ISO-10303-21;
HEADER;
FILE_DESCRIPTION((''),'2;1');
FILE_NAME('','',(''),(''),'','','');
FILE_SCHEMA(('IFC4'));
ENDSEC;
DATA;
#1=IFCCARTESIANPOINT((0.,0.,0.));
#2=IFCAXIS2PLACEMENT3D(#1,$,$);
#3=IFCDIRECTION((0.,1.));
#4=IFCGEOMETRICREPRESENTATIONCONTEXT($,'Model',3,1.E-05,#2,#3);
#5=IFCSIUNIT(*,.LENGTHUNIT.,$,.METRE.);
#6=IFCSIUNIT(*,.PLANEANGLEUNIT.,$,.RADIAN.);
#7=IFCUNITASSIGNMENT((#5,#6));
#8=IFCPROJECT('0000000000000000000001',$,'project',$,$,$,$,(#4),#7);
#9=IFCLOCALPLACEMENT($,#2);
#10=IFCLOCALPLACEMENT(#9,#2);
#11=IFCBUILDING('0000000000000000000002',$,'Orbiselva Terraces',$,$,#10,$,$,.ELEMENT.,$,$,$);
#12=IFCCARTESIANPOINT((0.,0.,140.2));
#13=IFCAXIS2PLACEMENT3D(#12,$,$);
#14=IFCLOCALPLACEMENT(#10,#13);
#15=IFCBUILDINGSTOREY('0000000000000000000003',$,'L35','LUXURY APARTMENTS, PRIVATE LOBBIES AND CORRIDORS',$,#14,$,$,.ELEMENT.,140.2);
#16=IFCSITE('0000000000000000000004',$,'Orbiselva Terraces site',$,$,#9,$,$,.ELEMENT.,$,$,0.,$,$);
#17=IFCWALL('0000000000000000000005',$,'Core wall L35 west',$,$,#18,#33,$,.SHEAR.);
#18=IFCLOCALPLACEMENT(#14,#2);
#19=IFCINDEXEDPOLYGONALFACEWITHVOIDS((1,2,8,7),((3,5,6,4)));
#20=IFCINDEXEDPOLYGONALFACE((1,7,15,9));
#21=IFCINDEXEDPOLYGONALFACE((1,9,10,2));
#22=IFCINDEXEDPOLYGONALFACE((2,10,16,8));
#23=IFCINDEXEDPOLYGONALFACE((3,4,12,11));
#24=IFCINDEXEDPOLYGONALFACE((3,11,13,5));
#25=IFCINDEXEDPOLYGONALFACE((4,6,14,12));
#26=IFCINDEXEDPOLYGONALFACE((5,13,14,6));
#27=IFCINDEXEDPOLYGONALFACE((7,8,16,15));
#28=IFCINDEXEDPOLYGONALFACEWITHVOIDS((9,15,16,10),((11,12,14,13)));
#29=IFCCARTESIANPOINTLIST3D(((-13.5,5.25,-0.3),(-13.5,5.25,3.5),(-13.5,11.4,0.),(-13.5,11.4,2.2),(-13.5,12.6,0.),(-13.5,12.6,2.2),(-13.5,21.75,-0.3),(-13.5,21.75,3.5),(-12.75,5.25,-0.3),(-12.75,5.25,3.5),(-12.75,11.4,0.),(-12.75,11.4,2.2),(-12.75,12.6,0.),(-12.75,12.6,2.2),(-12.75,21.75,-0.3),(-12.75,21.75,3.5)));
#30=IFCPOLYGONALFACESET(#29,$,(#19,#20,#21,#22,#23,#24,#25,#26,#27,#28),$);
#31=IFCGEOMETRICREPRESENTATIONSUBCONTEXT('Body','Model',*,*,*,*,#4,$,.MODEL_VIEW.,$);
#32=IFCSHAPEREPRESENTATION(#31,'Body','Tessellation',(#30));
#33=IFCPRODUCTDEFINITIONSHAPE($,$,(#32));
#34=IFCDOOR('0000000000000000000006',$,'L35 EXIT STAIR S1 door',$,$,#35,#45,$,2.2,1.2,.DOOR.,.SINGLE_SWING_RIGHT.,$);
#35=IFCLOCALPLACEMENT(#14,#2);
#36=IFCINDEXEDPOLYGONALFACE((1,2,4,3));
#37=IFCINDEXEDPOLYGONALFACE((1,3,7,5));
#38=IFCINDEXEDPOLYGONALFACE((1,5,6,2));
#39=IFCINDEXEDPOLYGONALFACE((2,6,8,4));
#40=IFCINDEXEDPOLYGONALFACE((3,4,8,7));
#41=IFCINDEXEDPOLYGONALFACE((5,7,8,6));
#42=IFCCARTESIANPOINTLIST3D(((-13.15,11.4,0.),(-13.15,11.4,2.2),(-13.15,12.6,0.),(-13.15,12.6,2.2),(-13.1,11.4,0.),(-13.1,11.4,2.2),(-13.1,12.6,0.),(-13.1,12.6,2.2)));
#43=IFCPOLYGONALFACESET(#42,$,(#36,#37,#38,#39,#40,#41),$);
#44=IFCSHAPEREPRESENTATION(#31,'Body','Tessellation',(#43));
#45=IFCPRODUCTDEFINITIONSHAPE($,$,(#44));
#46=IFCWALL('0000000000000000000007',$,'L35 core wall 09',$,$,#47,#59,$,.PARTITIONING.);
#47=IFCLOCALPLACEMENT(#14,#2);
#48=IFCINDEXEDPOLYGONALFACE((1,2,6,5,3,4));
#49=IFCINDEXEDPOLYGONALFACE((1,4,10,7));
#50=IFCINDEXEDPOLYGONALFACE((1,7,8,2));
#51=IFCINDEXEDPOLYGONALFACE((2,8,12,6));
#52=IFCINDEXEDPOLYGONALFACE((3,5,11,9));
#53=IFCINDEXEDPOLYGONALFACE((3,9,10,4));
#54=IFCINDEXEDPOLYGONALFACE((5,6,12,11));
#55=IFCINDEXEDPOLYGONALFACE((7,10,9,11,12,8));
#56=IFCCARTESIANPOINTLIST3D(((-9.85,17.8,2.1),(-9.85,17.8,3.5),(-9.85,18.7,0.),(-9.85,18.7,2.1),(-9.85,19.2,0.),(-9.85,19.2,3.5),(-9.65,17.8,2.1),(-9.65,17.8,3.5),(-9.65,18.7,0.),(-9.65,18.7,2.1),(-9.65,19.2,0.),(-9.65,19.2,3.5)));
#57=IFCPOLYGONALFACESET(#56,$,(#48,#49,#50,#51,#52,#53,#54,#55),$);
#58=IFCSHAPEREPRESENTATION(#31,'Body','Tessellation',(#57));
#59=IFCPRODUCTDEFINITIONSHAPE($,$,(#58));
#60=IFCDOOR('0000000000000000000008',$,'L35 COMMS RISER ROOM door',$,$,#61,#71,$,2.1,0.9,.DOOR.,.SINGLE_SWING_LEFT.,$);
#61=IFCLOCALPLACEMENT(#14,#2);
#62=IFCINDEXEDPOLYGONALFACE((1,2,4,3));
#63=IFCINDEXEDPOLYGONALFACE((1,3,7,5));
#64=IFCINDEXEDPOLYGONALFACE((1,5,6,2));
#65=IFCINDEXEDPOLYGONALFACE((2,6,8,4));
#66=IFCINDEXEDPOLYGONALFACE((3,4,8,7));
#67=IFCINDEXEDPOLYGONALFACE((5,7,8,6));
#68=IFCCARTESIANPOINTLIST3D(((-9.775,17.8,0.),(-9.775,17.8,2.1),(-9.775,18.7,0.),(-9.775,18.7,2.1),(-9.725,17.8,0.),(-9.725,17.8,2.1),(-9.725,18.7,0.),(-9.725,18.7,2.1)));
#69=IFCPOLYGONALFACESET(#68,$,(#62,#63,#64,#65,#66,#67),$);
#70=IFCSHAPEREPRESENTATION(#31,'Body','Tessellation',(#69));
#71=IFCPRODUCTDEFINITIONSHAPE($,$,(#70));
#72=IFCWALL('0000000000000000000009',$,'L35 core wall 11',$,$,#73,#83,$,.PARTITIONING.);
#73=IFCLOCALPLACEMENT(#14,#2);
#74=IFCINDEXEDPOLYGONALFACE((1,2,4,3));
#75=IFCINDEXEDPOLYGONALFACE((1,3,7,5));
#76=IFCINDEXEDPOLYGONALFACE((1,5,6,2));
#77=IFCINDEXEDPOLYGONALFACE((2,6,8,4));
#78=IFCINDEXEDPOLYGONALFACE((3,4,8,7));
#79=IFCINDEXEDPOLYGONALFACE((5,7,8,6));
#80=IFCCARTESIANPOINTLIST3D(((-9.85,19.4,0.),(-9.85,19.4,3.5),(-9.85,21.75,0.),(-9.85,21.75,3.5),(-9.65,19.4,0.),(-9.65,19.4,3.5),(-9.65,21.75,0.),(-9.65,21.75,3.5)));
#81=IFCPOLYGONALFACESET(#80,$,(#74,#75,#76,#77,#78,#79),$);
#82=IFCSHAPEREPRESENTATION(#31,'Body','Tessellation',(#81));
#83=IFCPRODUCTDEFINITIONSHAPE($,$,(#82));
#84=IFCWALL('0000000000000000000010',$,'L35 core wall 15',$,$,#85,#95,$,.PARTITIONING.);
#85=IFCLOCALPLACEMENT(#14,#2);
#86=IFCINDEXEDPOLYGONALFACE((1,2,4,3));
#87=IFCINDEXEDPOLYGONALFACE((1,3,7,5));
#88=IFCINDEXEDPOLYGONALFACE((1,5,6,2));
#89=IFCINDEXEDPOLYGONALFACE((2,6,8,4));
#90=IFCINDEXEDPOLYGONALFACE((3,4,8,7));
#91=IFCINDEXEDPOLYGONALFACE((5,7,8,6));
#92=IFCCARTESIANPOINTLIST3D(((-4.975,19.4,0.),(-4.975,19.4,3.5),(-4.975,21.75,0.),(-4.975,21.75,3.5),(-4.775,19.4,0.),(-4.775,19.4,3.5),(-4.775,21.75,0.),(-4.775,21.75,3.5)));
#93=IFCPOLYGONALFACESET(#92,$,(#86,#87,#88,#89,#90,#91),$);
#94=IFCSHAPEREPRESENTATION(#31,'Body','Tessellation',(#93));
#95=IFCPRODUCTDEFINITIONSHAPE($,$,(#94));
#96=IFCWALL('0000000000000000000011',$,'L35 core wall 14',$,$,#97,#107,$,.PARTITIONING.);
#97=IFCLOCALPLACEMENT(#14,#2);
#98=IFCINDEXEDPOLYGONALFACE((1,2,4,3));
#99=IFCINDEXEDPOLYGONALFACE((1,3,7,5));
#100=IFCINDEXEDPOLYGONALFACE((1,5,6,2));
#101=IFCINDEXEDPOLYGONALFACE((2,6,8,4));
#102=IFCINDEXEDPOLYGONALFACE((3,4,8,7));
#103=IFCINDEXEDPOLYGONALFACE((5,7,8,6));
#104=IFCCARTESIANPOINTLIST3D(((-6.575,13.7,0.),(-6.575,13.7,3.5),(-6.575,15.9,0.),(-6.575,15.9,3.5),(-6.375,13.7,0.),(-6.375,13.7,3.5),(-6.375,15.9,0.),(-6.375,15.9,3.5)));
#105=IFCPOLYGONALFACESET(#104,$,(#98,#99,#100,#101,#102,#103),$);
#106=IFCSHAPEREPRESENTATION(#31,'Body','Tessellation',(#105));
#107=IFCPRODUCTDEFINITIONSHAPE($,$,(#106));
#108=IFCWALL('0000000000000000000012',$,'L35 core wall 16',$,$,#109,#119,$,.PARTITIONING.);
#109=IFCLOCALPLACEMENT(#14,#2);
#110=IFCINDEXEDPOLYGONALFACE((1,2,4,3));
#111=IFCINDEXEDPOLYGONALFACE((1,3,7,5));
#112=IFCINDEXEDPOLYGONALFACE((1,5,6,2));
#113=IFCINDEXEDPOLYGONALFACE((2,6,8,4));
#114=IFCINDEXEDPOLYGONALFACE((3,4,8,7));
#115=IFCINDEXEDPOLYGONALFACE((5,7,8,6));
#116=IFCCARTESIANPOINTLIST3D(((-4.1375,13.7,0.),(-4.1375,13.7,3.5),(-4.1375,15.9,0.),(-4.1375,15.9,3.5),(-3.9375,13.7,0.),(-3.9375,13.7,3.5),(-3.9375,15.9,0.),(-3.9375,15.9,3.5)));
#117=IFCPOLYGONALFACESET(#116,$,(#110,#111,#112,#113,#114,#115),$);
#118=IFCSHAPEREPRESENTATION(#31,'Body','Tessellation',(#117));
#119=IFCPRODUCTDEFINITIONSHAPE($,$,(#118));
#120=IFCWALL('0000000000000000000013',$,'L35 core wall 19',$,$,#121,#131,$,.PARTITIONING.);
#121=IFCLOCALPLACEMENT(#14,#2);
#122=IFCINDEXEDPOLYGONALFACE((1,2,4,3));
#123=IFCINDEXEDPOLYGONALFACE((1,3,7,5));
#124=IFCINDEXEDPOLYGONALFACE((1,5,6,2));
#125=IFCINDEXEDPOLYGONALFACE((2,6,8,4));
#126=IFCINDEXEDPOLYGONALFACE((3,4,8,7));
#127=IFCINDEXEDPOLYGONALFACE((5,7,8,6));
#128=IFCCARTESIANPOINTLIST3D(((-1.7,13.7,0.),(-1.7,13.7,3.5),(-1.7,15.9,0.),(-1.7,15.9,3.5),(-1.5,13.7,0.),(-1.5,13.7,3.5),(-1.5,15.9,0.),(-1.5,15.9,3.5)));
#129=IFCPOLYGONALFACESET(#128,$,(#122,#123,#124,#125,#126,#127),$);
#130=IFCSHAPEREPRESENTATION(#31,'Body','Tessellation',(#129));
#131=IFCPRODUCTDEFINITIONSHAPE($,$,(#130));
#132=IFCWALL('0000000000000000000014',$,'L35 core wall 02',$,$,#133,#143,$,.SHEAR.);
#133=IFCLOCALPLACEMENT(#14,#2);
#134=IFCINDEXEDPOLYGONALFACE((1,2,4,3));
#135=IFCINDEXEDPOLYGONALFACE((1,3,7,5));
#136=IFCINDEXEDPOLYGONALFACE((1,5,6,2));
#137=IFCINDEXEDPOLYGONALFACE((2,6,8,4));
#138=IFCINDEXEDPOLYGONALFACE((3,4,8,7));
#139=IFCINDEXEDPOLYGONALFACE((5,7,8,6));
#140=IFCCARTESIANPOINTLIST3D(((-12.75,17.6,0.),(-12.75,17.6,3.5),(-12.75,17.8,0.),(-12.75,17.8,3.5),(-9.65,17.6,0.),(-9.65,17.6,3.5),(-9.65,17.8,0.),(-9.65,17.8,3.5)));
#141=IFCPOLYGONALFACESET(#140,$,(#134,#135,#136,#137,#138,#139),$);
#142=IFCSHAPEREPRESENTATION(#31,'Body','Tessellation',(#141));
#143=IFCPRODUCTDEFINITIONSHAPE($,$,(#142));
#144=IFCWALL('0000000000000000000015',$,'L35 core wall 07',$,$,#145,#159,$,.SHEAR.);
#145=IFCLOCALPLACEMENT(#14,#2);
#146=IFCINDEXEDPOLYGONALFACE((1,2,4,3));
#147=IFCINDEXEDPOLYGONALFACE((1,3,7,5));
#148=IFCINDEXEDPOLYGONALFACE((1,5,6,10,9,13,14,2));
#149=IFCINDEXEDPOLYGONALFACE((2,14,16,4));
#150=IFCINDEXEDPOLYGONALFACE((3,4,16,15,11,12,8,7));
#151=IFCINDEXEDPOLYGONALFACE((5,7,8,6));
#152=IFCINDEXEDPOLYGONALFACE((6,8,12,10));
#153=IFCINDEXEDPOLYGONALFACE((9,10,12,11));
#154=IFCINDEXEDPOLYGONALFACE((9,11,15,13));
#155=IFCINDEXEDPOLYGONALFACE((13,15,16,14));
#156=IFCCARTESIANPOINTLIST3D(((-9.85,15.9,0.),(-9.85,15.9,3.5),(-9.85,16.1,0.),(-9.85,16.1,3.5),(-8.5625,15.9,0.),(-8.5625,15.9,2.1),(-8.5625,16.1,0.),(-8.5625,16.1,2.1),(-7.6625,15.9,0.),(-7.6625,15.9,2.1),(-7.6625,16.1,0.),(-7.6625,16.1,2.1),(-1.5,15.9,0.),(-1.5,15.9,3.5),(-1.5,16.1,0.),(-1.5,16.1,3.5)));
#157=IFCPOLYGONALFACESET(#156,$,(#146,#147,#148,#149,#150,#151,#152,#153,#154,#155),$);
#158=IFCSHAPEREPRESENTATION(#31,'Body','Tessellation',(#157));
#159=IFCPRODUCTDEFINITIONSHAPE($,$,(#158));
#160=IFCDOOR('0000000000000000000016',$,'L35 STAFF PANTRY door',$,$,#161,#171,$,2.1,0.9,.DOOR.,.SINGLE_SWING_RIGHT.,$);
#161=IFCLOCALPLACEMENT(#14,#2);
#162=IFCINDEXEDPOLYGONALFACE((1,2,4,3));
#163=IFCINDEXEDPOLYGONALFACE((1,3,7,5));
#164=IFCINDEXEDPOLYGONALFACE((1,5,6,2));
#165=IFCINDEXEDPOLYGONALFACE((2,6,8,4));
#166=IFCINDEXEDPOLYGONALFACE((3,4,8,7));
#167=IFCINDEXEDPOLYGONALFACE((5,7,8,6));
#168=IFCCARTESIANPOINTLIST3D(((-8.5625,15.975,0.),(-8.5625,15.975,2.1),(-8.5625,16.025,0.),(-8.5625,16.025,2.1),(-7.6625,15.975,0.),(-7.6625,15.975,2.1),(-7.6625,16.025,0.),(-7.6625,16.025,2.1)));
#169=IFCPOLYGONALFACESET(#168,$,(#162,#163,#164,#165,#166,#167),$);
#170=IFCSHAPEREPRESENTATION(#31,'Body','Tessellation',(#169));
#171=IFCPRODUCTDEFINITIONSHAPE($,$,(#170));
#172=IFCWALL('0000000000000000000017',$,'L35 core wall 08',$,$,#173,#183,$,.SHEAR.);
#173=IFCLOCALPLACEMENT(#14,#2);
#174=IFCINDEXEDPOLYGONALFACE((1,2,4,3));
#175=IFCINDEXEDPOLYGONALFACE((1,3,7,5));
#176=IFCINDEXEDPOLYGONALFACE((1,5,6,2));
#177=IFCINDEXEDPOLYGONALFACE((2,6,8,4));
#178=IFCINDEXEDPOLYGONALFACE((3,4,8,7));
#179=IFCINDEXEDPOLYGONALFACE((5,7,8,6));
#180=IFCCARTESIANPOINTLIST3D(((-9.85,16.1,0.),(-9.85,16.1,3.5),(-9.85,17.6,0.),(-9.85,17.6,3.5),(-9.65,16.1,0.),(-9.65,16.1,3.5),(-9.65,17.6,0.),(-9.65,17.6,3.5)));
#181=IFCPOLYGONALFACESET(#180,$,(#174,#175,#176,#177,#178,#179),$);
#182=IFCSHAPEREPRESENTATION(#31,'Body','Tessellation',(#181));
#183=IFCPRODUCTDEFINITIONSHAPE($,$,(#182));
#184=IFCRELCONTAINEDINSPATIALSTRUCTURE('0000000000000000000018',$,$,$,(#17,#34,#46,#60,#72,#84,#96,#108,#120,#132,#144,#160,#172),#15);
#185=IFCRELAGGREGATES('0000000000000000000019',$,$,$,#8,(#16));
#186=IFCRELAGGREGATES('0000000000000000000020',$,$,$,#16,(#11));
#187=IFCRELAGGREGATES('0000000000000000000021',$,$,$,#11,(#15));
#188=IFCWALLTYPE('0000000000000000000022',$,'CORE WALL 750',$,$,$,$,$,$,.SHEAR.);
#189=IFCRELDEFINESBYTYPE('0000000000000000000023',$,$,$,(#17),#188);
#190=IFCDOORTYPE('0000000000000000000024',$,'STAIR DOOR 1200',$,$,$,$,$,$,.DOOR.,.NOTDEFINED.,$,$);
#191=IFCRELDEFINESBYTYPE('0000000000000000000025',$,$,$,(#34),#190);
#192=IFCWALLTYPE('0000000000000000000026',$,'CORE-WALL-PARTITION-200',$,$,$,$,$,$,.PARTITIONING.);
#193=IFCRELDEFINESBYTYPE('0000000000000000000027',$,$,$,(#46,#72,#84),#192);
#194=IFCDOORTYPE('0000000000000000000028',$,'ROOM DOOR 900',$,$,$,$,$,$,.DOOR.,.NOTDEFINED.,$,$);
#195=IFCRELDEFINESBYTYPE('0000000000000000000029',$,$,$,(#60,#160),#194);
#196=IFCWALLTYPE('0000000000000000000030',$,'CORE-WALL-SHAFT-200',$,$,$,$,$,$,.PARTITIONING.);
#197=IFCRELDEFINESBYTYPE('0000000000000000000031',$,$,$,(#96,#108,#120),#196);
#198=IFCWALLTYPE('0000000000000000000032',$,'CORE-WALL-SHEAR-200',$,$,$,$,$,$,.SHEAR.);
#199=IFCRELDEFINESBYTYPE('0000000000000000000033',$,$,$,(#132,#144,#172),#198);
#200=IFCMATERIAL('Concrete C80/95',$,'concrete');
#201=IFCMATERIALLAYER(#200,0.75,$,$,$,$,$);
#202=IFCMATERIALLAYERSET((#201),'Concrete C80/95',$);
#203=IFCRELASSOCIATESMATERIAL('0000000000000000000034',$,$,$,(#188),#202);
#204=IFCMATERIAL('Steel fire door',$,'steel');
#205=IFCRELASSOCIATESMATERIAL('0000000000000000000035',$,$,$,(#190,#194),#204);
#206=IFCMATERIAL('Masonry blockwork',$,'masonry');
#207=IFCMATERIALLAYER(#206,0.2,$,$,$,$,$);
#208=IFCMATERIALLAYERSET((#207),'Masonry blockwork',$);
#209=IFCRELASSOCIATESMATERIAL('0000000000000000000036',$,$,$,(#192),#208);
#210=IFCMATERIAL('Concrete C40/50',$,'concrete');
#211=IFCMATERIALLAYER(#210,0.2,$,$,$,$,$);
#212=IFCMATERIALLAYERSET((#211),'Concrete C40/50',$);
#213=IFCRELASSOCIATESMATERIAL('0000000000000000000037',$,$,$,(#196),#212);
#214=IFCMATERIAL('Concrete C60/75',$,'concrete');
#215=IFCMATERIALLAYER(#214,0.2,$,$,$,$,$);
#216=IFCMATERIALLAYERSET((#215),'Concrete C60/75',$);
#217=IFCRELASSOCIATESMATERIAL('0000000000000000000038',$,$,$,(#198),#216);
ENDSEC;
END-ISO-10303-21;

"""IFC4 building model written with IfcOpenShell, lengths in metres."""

from ifc_helpers import new_model, si_unit, direction, frame, frame_2d, origin, place, context, subcontext, project, spatial, rectangle, extrude, material, layer, layer_set, type_object, element, fill, save


model = new_model("IFC4")

# Units and contexts
model_context = context("Model", 3, precision=1e-05, world=origin(), true_north=direction((0.0, 1.0)))
body_context = subcontext(model_context, "Body", "Model", "MODEL_VIEW")
ifc_project = project(units=[si_unit("LENGTHUNIT", "METRE"), si_unit("PLANEANGLEUNIT", "RADIAN")], contexts=[model_context])

# Site, building, storey
site_placement = place(None, origin())
site = spatial("IfcSite", under=ifc_project, at=site_placement, Name="Orbiselva Terraces site", CompositionType="ELEMENT", RefElevation=0.0)
building_placement = place(site_placement, origin())
building = spatial("IfcBuilding", under=site, at=building_placement, Name="Orbiselva Terraces", CompositionType="ELEMENT")
storey_placement = place(building_placement, frame((0.0, 0.0, 140.2)))
storey = spatial("IfcBuildingStorey", under=building, at=storey_placement, Name="L35", Description="LUXURY APARTMENTS, PRIVATE LOBBIES AND CORRIDORS", CompositionType="ELEMENT", Elevation=140.2)

# Walls, openings, doors
ifc_material_1 = material(Name="Concrete C80/95", Category="concrete")
ifc_layer_1 = layer(ifc_material_1, 0.75)
ifc_layer_set_1 = layer_set([ifc_layer_1], Name="Concrete C80/95")
wall_type_1 = type_object("IfcWallType", Name="CORE WALL 750", PredefinedType="SHEAR", material=ifc_layer_set_1)
wall_1_placement = place(storey_placement, frame((-13.125, 21.75, -0.3), z_axis=(0.0, 0.0, 1.0), x_axis=(0.0, -1.0, 0.0)))
wall_1 = element("IfcWall", 1, at=wall_1_placement, inside=storey, type_object=wall_type_1, Name="Core wall L35 west", PredefinedType="SHEAR", context=body_context, shape_type="SweptSolid", body=[
    extrude(rectangle(XDim=16.5, YDim=0.75, at=frame_2d((8.25, 0.0))), origin(), (0.0, 0.0, 1.0), 3.8),
])
opening_1_placement = place(wall_1_placement, frame((9.15, 0.0, 0.3)))
opening_1 = element("IfcOpeningElement", 2, at=opening_1_placement, cuts=wall_1, PredefinedType="OPENING", context=body_context, shape_type="SweptSolid", body=[
    extrude(rectangle(XDim=1.2, YDim=2.2, at=frame_2d((0.6, 1.1))), frame((0.0, 0.385, 0.0), z_axis=(0.0, -1.0, 0.0), x_axis=(1.0, 0.0, 0.0)), (0.0, 0.0, 1.0), 0.77),
])
ifc_material_2 = material(Name="Steel fire door", Category="steel")
door_type_1 = type_object("IfcDoorType", Name="STAIR DOOR 1200", OperationType="NOTDEFINED", PredefinedType="DOOR", material=ifc_material_2)
door_1_placement = place(opening_1_placement, frame((1.2, 0.0, 0.0), z_axis=(0.0, 0.0, 1.0), x_axis=(-1.0, 0.0, 0.0)))
door_1 = element("IfcDoor", 3, at=door_1_placement, inside=storey, type_object=door_type_1, Name="L35 EXIT STAIR S1 door", OperationType="SINGLE_SWING_RIGHT", OverallHeight=2.2, OverallWidth=1.2, PredefinedType="DOOR", context=body_context, shape_type="SweptSolid", body=[
    extrude(rectangle(XDim=1.2, YDim=2.2, at=frame_2d((0.6, 1.1))), frame((0.0, 0.025, 0.0), z_axis=(0.0, -1.0, 0.0), x_axis=(1.0, 0.0, 0.0)), (0.0, 0.0, 1.0), 0.05),
])
fill(opening_1, door_1)
ifc_material_3 = material(Name="Masonry blockwork", Category="masonry")
ifc_layer_2 = layer(ifc_material_3, 0.2)
ifc_layer_set_2 = layer_set([ifc_layer_2], Name="Masonry blockwork")
wall_type_2 = type_object("IfcWallType", Name="CORE-WALL-PARTITION-200", PredefinedType="PARTITIONING", material=ifc_layer_set_2)
wall_2_placement = place(storey_placement, frame((-9.75, 17.8, 0.0), z_axis=(0.0, 0.0, 1.0), x_axis=(0.0, 1.0, 0.0)))
wall_2 = element("IfcWall", 4, at=wall_2_placement, inside=storey, type_object=wall_type_2, Name="L35 core wall 09", PredefinedType="PARTITIONING", context=body_context, shape_type="SweptSolid", body=[
    extrude(rectangle(XDim=1.4, YDim=0.2, at=frame_2d((0.7, 0.0))), origin(), (0.0, 0.0, 1.0), 3.5),
])
opening_2_placement = place(wall_2_placement, origin())
opening_2 = element("IfcOpeningElement", 5, at=opening_2_placement, cuts=wall_2, PredefinedType="OPENING", context=body_context, shape_type="SweptSolid", body=[
    extrude(rectangle(XDim=0.9, YDim=2.1, at=frame_2d((0.45, 1.05))), frame((0.0, 0.11, 0.0), z_axis=(0.0, -1.0, 0.0), x_axis=(1.0, 0.0, 0.0)), (0.0, 0.0, 1.0), 0.22),
])
door_type_2 = type_object("IfcDoorType", Name="ROOM DOOR 900", OperationType="NOTDEFINED", PredefinedType="DOOR", material=ifc_material_2)
door_2_placement = place(opening_2_placement, origin())
door_2 = element("IfcDoor", 6, at=door_2_placement, inside=storey, type_object=door_type_2, Name="L35 COMMS RISER ROOM door", OperationType="SINGLE_SWING_LEFT", OverallHeight=2.1, OverallWidth=0.9, PredefinedType="DOOR", context=body_context, shape_type="SweptSolid", body=[
    extrude(rectangle(XDim=0.9, YDim=2.1, at=frame_2d((0.45, 1.05))), frame((0.0, 0.025, 0.0), z_axis=(0.0, -1.0, 0.0), x_axis=(1.0, 0.0, 0.0)), (0.0, 0.0, 1.0), 0.05),
])
fill(opening_2, door_2)

# Walls
for number, where, z_axis, x_axis, name in (
    (7, (-9.75, 19.4, 0.0), (0.0, 0.0, 1.0), (0.0, 1.0, 0.0), "L35 core wall 11"),
    (8, (-4.875, 19.4, 0.0), (0.0, 0.0, 1.0), (0.0, 1.0, 0.0), "L35 core wall 15"),
):
    element("IfcWall", number, at=place(storey_placement, frame(where, z_axis=z_axis, x_axis=x_axis)), inside=storey, type_object=wall_type_2, Name=name, PredefinedType="PARTITIONING", context=body_context, shape_type="SweptSolid", body=[
        extrude(rectangle(XDim=2.35, YDim=0.2, at=frame_2d((1.175, 0.0))), origin(), (0.0, 0.0, 1.0), 3.5),
    ])
ifc_material_4 = material(Name="Concrete C40/50", Category="concrete")
ifc_layer_3 = layer(ifc_material_4, 0.2)
ifc_layer_set_3 = layer_set([ifc_layer_3], Name="Concrete C40/50")
wall_type_3 = type_object("IfcWallType", Name="CORE-WALL-SHAFT-200", PredefinedType="PARTITIONING", material=ifc_layer_set_3)
for number, where, z_axis, x_axis, name in (
    (9, (-6.475, 13.7, 0.0), (0.0, 0.0, 1.0), (0.0, 1.0, 0.0), "L35 core wall 14"),
    (10, (-4.0375, 13.7, 0.0), (0.0, 0.0, 1.0), (0.0, 1.0, 0.0), "L35 core wall 16"),
    (11, (-1.6, 13.7, 0.0), (0.0, 0.0, 1.0), (0.0, 1.0, 0.0), "L35 core wall 19"),
):
    element("IfcWall", number, at=place(storey_placement, frame(where, z_axis=z_axis, x_axis=x_axis)), inside=storey, type_object=wall_type_3, Name=name, PredefinedType="PARTITIONING", context=body_context, shape_type="SweptSolid", body=[
        extrude(rectangle(XDim=2.2, YDim=0.2, at=frame_2d((1.1, 0.0))), origin(), (0.0, 0.0, 1.0), 3.5),
    ])
ifc_material_5 = material(Name="Concrete C60/75", Category="concrete")
ifc_layer_4 = layer(ifc_material_5, 0.2)
ifc_layer_set_4 = layer_set([ifc_layer_4], Name="Concrete C60/75")
wall_type_4 = type_object("IfcWallType", Name="CORE-WALL-SHEAR-200", PredefinedType="SHEAR", material=ifc_layer_set_4)
wall_3_placement = place(storey_placement, frame((-12.75, 17.7, 0.0), z_axis=(0.0, 0.0, 1.0), x_axis=(1.0, 0.0, 0.0)))
element("IfcWall", 12, at=wall_3_placement, inside=storey, type_object=wall_type_4, Name="L35 core wall 02", PredefinedType="SHEAR", context=body_context, shape_type="SweptSolid", body=[
    extrude(rectangle(XDim=3.1, YDim=0.2, at=frame_2d((1.55, 0.0))), origin(), (0.0, 0.0, 1.0), 3.5),
])

# Wall, opening, door
wall_4_placement = place(storey_placement, frame((-1.5, 16.0, 0.0), z_axis=(0.0, 0.0, 1.0), x_axis=(-1.0, 0.0, 0.0)))
wall_4 = element("IfcWall", 13, at=wall_4_placement, inside=storey, type_object=wall_type_4, Name="L35 core wall 07", PredefinedType="SHEAR", context=body_context, shape_type="SweptSolid", body=[
    extrude(rectangle(XDim=8.35, YDim=0.2, at=frame_2d((4.175, 0.0))), origin(), (0.0, 0.0, 1.0), 3.5),
])
opening_3_placement = place(wall_4_placement, frame((6.1625, 0.0, 0.0)))
opening_3 = element("IfcOpeningElement", 14, at=opening_3_placement, cuts=wall_4, PredefinedType="OPENING", context=body_context, shape_type="SweptSolid", body=[
    extrude(rectangle(XDim=0.9, YDim=2.1, at=frame_2d((0.45, 1.05))), frame((0.0, 0.11, 0.0), z_axis=(0.0, -1.0, 0.0), x_axis=(1.0, 0.0, 0.0)), (0.0, 0.0, 1.0), 0.22),
])
door_3_placement = place(opening_3_placement, origin())
door_3 = element("IfcDoor", 15, at=door_3_placement, inside=storey, type_object=door_type_2, Name="L35 STAFF PANTRY door", OperationType="SINGLE_SWING_RIGHT", OverallHeight=2.1, OverallWidth=0.9, PredefinedType="DOOR", context=body_context, shape_type="SweptSolid", body=[
    extrude(rectangle(XDim=0.9, YDim=2.1, at=frame_2d((0.45, 1.05))), frame((0.0, 0.025, 0.0), z_axis=(0.0, -1.0, 0.0), x_axis=(1.0, 0.0, 0.0)), (0.0, 0.0, 1.0), 0.05),
])
fill(opening_3, door_3)

# Wall
wall_5_placement = place(storey_placement, frame((-9.75, 16.1, 0.0), z_axis=(0.0, 0.0, 1.0), x_axis=(0.0, 1.0, 0.0)))
element("IfcWall", 16, at=wall_5_placement, inside=storey, type_object=wall_type_4, Name="L35 core wall 08", PredefinedType="SHEAR", context=body_context, shape_type="SweptSolid", body=[
    extrude(rectangle(XDim=1.5, YDim=0.2, at=frame_2d((0.75, 0.0))), origin(), (0.0, 0.0, 1.0), 3.5),
])

save(model, "model.ifc")
